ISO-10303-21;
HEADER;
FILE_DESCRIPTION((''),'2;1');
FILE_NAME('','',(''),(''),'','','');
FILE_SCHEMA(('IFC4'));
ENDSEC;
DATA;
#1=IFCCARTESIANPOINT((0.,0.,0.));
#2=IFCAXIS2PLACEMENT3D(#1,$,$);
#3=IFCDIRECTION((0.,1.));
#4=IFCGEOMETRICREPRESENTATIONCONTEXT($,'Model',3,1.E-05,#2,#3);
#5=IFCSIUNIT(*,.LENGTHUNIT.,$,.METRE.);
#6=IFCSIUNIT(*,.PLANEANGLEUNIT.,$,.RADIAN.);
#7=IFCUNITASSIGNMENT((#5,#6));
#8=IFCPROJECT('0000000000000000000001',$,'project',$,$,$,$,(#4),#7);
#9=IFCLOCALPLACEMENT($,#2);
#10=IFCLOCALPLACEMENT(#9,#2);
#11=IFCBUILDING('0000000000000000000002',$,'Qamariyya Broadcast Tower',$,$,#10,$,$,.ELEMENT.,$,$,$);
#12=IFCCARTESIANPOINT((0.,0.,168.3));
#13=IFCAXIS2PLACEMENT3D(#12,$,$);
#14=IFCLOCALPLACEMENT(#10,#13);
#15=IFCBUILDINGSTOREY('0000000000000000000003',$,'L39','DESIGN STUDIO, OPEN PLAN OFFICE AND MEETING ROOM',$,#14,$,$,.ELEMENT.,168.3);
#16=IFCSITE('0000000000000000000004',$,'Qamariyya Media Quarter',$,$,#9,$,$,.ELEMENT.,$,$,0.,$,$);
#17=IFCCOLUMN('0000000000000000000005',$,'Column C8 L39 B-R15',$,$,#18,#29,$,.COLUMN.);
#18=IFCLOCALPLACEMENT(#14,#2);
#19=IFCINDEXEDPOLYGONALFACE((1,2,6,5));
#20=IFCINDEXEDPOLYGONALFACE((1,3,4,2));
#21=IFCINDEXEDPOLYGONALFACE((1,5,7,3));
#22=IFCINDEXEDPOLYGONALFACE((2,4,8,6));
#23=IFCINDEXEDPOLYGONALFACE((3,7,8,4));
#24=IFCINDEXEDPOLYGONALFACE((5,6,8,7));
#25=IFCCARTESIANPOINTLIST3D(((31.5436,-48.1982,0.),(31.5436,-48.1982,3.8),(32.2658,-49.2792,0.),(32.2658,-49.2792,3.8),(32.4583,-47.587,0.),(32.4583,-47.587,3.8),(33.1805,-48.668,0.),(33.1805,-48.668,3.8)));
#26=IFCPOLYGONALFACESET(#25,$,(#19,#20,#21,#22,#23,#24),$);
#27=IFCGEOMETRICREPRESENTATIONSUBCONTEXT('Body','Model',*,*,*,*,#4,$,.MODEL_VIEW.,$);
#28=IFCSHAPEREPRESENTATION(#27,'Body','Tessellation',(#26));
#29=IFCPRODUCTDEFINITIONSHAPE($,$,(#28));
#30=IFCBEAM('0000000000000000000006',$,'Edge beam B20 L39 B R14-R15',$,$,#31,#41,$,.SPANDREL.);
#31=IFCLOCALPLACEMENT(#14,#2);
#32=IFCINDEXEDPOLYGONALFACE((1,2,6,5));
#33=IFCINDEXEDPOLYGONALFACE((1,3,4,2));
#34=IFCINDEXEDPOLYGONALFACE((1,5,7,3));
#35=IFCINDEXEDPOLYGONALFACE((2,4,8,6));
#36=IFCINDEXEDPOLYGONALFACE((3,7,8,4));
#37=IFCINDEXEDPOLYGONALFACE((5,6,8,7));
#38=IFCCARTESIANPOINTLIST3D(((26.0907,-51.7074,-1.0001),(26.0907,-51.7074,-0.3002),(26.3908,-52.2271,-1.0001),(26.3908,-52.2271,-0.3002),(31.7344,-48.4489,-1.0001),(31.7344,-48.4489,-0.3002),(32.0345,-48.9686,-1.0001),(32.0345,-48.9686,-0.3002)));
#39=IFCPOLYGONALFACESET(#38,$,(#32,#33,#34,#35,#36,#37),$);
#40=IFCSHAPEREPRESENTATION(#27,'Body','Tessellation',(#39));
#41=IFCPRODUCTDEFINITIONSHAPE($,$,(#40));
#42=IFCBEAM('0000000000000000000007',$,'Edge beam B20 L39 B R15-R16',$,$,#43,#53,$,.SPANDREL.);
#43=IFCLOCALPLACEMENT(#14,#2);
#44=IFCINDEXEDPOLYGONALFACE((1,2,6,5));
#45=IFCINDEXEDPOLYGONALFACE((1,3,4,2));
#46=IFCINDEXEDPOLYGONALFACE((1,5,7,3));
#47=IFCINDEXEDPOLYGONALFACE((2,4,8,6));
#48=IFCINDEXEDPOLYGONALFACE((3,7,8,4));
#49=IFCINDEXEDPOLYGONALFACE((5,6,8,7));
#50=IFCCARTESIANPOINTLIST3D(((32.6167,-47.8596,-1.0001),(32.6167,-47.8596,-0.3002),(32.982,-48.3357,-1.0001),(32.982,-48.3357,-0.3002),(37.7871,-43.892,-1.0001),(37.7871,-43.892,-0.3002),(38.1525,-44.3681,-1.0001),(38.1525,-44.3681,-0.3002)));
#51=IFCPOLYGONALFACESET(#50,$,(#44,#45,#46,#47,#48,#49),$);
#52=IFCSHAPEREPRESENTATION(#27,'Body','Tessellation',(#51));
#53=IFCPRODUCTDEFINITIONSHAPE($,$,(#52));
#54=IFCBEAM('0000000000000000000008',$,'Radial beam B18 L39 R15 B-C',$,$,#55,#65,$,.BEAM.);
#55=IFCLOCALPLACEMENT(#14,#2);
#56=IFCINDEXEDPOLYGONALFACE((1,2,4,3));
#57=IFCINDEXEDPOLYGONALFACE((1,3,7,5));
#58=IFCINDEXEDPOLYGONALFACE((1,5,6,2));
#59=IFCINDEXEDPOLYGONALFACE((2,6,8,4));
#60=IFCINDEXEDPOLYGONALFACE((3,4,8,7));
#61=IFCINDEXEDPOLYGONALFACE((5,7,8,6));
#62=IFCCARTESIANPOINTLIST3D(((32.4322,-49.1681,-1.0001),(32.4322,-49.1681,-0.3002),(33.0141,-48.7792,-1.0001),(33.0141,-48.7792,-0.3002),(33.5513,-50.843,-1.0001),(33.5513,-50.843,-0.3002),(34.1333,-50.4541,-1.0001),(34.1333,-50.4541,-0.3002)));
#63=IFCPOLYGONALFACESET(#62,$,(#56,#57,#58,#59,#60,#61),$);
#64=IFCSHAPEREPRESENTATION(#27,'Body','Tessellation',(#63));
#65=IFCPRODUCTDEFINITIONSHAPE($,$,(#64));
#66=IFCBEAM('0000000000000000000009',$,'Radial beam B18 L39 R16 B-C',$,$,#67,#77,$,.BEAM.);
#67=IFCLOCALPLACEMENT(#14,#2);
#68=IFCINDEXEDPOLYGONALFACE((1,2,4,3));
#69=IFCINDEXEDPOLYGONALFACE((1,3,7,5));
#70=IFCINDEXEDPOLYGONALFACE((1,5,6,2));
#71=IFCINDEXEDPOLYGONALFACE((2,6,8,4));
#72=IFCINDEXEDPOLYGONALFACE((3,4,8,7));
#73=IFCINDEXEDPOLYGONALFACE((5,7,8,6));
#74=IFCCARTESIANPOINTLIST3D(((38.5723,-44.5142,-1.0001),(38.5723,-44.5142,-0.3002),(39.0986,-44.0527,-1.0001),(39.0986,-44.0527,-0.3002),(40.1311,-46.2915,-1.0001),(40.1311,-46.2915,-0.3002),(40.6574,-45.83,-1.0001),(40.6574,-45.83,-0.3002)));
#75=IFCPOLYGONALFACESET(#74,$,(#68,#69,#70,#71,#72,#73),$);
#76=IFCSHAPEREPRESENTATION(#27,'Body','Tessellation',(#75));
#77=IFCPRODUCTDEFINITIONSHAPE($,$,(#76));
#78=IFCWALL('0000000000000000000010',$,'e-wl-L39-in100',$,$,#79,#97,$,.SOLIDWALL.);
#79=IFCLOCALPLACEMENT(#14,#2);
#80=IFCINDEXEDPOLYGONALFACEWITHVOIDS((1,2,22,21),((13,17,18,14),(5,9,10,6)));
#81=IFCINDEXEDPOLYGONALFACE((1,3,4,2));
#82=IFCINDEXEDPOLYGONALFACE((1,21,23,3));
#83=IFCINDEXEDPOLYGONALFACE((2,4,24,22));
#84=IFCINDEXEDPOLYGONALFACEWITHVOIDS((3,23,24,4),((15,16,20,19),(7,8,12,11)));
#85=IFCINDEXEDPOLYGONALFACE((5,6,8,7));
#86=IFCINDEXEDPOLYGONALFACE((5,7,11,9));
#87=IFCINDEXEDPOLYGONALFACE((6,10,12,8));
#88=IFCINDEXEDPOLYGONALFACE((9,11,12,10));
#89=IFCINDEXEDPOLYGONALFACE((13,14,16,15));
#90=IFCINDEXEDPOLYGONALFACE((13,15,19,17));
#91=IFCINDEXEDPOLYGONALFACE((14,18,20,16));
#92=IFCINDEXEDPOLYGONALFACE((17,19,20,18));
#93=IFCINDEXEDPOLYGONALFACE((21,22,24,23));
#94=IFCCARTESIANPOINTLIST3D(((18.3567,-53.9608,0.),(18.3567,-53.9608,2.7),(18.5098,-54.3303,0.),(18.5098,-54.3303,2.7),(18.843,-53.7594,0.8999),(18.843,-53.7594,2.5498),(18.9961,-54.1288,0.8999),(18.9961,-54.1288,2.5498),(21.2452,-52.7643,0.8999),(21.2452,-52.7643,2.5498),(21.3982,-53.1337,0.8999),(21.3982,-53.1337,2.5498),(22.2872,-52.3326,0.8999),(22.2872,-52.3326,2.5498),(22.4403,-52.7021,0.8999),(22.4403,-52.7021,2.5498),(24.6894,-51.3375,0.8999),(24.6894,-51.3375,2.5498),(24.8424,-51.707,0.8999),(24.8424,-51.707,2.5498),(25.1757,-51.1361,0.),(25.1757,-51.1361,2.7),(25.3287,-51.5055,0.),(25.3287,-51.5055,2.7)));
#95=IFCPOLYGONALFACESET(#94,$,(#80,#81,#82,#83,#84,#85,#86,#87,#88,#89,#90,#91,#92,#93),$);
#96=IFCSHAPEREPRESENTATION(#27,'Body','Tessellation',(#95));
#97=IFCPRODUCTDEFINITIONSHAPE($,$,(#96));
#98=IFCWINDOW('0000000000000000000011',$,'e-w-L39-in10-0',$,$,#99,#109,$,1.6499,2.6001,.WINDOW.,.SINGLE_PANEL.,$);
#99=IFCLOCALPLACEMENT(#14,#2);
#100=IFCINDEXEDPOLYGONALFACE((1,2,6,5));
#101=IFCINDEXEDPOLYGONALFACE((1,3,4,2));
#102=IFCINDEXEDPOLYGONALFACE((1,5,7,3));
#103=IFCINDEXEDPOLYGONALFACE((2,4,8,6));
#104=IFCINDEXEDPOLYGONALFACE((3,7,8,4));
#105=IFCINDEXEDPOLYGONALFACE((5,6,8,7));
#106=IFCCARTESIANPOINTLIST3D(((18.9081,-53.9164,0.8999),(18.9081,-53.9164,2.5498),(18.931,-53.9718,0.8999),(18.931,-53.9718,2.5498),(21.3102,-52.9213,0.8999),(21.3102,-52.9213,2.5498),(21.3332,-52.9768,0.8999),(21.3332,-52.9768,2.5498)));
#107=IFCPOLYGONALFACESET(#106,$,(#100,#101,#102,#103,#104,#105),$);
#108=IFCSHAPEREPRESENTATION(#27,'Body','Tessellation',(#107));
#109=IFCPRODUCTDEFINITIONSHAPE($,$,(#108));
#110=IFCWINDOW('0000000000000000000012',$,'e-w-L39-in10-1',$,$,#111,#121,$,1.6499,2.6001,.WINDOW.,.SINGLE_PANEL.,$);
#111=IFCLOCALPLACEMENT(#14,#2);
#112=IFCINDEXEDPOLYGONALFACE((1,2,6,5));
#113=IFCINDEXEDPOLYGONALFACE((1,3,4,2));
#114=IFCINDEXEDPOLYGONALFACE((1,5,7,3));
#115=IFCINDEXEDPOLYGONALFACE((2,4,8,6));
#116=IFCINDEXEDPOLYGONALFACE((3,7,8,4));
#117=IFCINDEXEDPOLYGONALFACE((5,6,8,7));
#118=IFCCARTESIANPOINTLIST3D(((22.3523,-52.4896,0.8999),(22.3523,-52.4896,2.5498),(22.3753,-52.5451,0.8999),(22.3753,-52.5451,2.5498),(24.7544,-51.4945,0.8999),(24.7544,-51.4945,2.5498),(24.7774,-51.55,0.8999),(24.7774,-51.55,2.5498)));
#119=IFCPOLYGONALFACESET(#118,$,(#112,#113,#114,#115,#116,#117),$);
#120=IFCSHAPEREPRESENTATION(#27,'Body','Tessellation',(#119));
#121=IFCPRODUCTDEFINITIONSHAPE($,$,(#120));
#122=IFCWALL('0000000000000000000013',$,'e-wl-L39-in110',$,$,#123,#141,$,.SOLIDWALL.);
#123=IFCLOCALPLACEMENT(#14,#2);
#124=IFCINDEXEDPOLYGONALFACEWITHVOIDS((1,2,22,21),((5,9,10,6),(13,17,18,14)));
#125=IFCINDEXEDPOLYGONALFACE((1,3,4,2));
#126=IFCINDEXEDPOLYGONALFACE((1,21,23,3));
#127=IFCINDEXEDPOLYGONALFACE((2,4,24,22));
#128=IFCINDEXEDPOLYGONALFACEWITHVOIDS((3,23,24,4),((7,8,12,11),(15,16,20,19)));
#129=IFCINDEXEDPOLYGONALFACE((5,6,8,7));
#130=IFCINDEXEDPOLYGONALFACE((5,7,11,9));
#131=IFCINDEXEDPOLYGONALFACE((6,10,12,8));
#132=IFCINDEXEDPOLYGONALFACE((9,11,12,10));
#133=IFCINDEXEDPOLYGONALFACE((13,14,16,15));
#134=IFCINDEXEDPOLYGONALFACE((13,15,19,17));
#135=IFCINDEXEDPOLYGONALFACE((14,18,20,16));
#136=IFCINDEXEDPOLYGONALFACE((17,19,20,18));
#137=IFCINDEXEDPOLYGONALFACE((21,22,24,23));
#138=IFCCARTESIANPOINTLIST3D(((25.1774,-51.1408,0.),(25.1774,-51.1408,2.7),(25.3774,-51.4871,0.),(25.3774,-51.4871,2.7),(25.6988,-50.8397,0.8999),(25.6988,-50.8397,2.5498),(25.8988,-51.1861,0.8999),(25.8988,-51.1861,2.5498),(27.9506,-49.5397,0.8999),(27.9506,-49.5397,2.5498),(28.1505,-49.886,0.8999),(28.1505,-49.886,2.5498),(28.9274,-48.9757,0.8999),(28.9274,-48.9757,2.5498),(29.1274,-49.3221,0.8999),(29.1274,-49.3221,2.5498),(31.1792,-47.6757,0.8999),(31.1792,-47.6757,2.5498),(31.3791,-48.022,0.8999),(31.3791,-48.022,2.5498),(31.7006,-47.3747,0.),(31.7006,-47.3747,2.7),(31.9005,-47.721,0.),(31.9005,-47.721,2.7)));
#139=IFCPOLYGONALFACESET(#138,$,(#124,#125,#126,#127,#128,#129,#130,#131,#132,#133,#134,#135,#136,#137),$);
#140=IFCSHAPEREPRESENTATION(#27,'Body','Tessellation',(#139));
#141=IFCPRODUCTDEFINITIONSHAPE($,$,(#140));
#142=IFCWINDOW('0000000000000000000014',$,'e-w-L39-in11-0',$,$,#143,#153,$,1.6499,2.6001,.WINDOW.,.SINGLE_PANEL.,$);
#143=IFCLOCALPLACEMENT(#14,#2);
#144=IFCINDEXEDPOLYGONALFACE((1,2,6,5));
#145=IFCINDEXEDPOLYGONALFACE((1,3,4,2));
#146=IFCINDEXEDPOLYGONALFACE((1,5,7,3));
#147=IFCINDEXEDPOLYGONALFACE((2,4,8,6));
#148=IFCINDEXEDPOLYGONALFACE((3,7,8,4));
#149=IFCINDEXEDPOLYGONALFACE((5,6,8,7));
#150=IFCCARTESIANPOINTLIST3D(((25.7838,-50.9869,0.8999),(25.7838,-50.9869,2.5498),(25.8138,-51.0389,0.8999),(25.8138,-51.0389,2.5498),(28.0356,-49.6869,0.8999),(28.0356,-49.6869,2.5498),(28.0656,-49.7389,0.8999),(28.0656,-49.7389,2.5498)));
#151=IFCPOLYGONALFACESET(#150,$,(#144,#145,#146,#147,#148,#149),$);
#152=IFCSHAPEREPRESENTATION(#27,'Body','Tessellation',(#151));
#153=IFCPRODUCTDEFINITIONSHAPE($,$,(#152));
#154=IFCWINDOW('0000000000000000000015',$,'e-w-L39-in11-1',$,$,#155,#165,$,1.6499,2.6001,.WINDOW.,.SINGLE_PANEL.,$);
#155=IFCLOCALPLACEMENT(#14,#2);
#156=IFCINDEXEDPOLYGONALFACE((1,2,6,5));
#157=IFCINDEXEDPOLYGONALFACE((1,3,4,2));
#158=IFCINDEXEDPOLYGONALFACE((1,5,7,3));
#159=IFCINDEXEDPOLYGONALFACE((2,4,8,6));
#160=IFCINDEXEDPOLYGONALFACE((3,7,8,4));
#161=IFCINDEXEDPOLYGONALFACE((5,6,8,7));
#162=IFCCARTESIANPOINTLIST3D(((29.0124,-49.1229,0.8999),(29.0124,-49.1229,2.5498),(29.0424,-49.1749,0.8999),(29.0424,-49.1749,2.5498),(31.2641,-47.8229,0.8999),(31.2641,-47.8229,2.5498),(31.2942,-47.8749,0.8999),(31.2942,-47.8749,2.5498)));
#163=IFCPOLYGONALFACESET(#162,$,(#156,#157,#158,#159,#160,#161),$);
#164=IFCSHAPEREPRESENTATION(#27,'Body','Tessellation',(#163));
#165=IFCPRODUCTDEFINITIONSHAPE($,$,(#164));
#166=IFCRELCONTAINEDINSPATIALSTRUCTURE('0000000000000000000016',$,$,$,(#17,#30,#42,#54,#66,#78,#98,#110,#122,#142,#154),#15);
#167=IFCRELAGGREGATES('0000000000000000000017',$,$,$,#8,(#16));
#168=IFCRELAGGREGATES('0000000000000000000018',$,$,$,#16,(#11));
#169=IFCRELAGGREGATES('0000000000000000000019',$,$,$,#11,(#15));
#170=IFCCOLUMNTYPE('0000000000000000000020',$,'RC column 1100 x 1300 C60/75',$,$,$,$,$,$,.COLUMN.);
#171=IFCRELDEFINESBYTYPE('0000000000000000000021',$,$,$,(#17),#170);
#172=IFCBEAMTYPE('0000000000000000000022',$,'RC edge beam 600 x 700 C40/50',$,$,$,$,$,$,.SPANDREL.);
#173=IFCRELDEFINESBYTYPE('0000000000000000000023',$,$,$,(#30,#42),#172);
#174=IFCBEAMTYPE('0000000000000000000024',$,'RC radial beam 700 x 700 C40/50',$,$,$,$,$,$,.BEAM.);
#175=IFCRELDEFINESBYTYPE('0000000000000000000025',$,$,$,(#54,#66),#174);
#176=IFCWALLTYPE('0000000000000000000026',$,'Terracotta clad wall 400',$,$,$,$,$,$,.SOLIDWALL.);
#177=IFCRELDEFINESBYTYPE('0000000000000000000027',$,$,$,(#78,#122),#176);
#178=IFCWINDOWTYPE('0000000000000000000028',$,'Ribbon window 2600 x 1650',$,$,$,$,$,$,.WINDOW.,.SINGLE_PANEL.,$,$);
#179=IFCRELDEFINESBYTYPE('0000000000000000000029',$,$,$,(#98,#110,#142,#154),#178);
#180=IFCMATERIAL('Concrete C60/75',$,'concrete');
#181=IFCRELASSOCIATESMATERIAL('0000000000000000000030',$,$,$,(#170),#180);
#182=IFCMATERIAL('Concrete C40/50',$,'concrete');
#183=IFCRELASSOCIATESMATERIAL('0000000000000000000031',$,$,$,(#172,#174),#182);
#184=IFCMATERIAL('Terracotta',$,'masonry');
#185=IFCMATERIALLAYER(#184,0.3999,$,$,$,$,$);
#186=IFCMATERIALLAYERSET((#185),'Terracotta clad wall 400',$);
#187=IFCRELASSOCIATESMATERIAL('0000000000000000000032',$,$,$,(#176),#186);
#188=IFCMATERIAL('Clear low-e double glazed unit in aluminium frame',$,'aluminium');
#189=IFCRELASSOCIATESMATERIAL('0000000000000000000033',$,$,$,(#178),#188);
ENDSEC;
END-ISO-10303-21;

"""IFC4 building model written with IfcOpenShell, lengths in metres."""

from ifc_helpers import new_model, si_unit, direction, frame, frame_2d, origin, origin_2d, place, context, subcontext, project, spatial, rectangle, extrude, material, layer, layer_set, material_profile, profile_set, type_object, element, fill, save


model = new_model("IFC4")

# Units and contexts
model_context = context("Model", 3, precision=1e-05, world=origin(), true_north=direction((0.0, 1.0)))
body_context = subcontext(model_context, "Body", "Model", "MODEL_VIEW")
ifc_project = project(units=[si_unit("LENGTHUNIT", "METRE"), si_unit("PLANEANGLEUNIT", "RADIAN")], contexts=[model_context])

# Site, building, storey
site_placement = place(None, origin())
site = spatial("IfcSite", under=ifc_project, at=site_placement, Name="Qamariyya Media Quarter", CompositionType="ELEMENT", RefElevation=0.0)
building_placement = place(site_placement, origin())
building = spatial("IfcBuilding", under=site, at=building_placement, Name="Qamariyya Broadcast Tower", CompositionType="ELEMENT")
storey_placement = place(building_placement, frame((0.0, 0.0, 168.3)))
storey = spatial("IfcBuildingStorey", under=building, at=storey_placement, Name="L39", Description="DESIGN STUDIO, OPEN PLAN OFFICE AND MEETING ROOM", CompositionType="ELEMENT", Elevation=168.3)

# Column
ifc_material_1 = material(Name="Concrete C60/75", Category="concrete")
ifc_material_profile_1 = material_profile(ifc_material_1, rectangle(XDim=1.1001, YDim=1.3, at=origin_2d()))
ifc_profile_set_1 = profile_set([ifc_material_profile_1], Name="Concrete C60/75")
column_type = type_object("IfcColumnType", Name="RC column 1100 x 1300 C60/75", PredefinedType="COLUMN", material=ifc_profile_set_1)
column_placement = place(storey_placement, frame((32.3621, -48.4331, 0.0), z_axis=(0.0, 0.0, 1.0), x_axis=(0.83147, 0.55557, 0.0)))
element("IfcColumn", 1, at=column_placement, inside=storey, type_object=column_type, Name="Column C8 L39 B-R15", PredefinedType="COLUMN", context=body_context, shape_type="SweptSolid", body=[
    extrude(rectangle(XDim=1.1001, YDim=1.3, at=origin_2d()), origin(), (0.0, 0.0, 1.0), 3.8),
])

# Beams
ifc_material_2 = material(Name="Concrete C40/50", Category="concrete")
ifc_material_profile_2 = material_profile(ifc_material_2, rectangle(XDim=0.6001, YDim=0.7, at=origin_2d()))
ifc_profile_set_2 = profile_set([ifc_material_profile_2], Name="Concrete C40/50")
beam_type_1 = type_object("IfcBeamType", Name="RC edge beam 600 x 700 C40/50", PredefinedType="SPANDREL", material=ifc_profile_set_2)
beam_1_placement = place(storey_placement, frame((26.2407, -51.9673, -0.6501), z_axis=(0.866019, 0.500011, 0.0), x_axis=(-0.500011, 0.866019, 0.0)))
element("IfcBeam", 2, at=beam_1_placement, inside=storey, type_object=beam_type_1, Name="Edge beam B20 L39 B R14-R15", PredefinedType="SPANDREL", context=body_context, shape_type="SweptSolid", body=[
    extrude(rectangle(XDim=0.6001, YDim=0.7, at=origin_2d()), origin(), (0.0, 0.0, 1.0), 6.5168),
])
beam_2_placement = place(storey_placement, frame((32.7993, -48.0977, -0.6501), z_axis=(0.793343, 0.608774, 0.0), x_axis=(-0.608774, 0.793343, 0.0)))
element("IfcBeam", 3, at=beam_2_placement, inside=storey, type_object=beam_type_1, Name="Edge beam B20 L39 B R15-R16", PredefinedType="SPANDREL", context=body_context, shape_type="SweptSolid", body=[
    extrude(rectangle(XDim=0.6001, YDim=0.7, at=origin_2d()), origin(), (0.0, 0.0, 1.0), 6.5173),
])
ifc_material_profile_3 = material_profile(ifc_material_2, rectangle(XDim=0.7, YDim=0.7, at=origin_2d()))
ifc_profile_set_3 = profile_set([ifc_material_profile_3], Name="Concrete C40/50")
beam_type_2 = type_object("IfcBeamType", Name="RC radial beam 700 x 700 C40/50", PredefinedType="BEAM", material=ifc_profile_set_3)
beam_3_placement = place(storey_placement, frame((32.7231, -48.9736, -0.6501), z_axis=(0.555595, -0.831453, 0.0), x_axis=(0.831453, 0.555595, 0.0)))
element("IfcBeam", 4, at=beam_3_placement, inside=storey, type_object=beam_type_2, Name="Radial beam B18 L39 R15 B-C", PredefinedType="BEAM", context=body_context, shape_type="SweptSolid", body=[
    extrude(rectangle(XDim=0.7, YDim=0.7, at=origin_2d()), origin(), (0.0, 0.0, 1.0), 2.0144),
])
beam_4_placement = place(storey_placement, frame((38.8354, -44.2834, -0.6501), z_axis=(0.659382, -0.751809, 0.0), x_axis=(0.751809, 0.659382, 0.0)))
element("IfcBeam", 5, at=beam_4_placement, inside=storey, type_object=beam_type_2, Name="Radial beam B18 L39 R16 B-C", PredefinedType="BEAM", context=body_context, shape_type="SweptSolid", body=[
    extrude(rectangle(XDim=0.7, YDim=0.7, at=origin_2d()), origin(), (0.0, 0.0, 1.0), 2.364),
])

# Walls, openings, windows
ifc_material_3 = material(Name="Terracotta", Category="masonry")
ifc_layer = layer(ifc_material_3, 0.3999)
ifc_layer_set = layer_set([ifc_layer], Name="Terracotta clad wall 400")
wall_type = type_object("IfcWallType", Name="Terracotta clad wall 400", PredefinedType="SOLIDWALL", material=ifc_layer_set)
wall_1_placement = place(storey_placement, frame((25.2522, -51.3208, 0.0), z_axis=(0.0, 0.0, 1.0), x_axis=(-0.923868, -0.382712, 0.0)))
wall_1 = element("IfcWall", 6, at=wall_1_placement, inside=storey, type_object=wall_type, Name="e-wl-L39-in100", PredefinedType="SOLIDWALL", context=body_context, shape_type="SweptSolid", body=[
    extrude(rectangle(XDim=7.3809, YDim=0.3999, at=frame_2d((3.6904, 0.0))), origin(), (0.0, 0.0, 1.0), 2.7),
])
opening_1_placement = place(wall_1_placement, frame((4.2544, 0.0, 0.8999)))
opening_1 = element("IfcOpeningElement", 7, at=opening_1_placement, cuts=wall_1, PredefinedType="OPENING", context=body_context, shape_type="SweptSolid", body=[
    extrude(rectangle(XDim=2.6001, YDim=1.6499, at=frame_2d((1.3, 0.825))), frame((0.0, 0.21, 0.0), z_axis=(0.0, -1.0, 0.0), x_axis=(1.0, 0.0, 0.0)), (0.0, 0.0, 1.0), 0.4199),
])
opening_2_placement = place(wall_1_placement, frame((0.5264, 0.0, 0.8999)))
opening_2 = element("IfcOpeningElement", 8, at=opening_2_placement, cuts=wall_1, PredefinedType="OPENING", context=body_context, shape_type="SweptSolid", body=[
    extrude(rectangle(XDim=2.6001, YDim=1.6499, at=frame_2d((1.3, 0.825))), frame((0.0, 0.21, 0.0), z_axis=(0.0, -1.0, 0.0), x_axis=(1.0, 0.0, 0.0)), (0.0, 0.0, 1.0), 0.4199),
])
ifc_material_4 = material(Name="Clear low-e double glazed unit in aluminium frame", Category="aluminium")
window_type = type_object("IfcWindowType", Name="Ribbon window 2600 x 1650", PartitioningType="SINGLE_PANEL", PredefinedType="WINDOW", material=ifc_material_4)
window_1_placement = place(opening_1_placement, origin())
window_1 = element("IfcWindow", 9, at=window_1_placement, inside=storey, type_object=window_type, Name="e-w-L39-in10-0", OverallHeight=1.6499, OverallWidth=2.6001, PartitioningType="SINGLE_PANEL", PredefinedType="WINDOW", context=body_context, shape_type="SweptSolid", body=[
    extrude(rectangle(XDim=2.6001, YDim=1.6499, at=frame_2d((1.3, 0.825))), frame((0.0, 0.03, 0.0), z_axis=(0.0, -1.0, 0.0), x_axis=(1.0, 0.0, 0.0)), (0.0, 0.0, 1.0), 0.0601),
])
fill(opening_1, window_1)
window_2_placement = place(opening_2_placement, origin())
window_2 = element("IfcWindow", 10, at=window_2_placement, inside=storey, type_object=window_type, Name="e-w-L39-in10-1", OverallHeight=1.6499, OverallWidth=2.6001, PartitioningType="SINGLE_PANEL", PredefinedType="WINDOW", context=body_context, shape_type="SweptSolid", body=[
    extrude(rectangle(XDim=2.6001, YDim=1.6499, at=frame_2d((1.3, 0.825))), frame((0.0, 0.03, 0.0), z_axis=(0.0, -1.0, 0.0), x_axis=(1.0, 0.0, 0.0)), (0.0, 0.0, 1.0), 0.0601),
])
fill(opening_2, window_2)
wall_2_placement = place(storey_placement, frame((31.8005, -47.5479, 0.0), z_axis=(0.0, 0.0, 1.0), x_axis=(-0.866029, -0.499995, 0.0)))
wall_2 = element("IfcWall", 11, at=wall_2_placement, inside=storey, type_object=wall_type, Name="e-wl-L39-in110", PredefinedType="SOLIDWALL", context=body_context, shape_type="SweptSolid", body=[
    extrude(rectangle(XDim=7.5322, YDim=0.3999, at=frame_2d((3.7661, 0.0))), origin(), (0.0, 0.0, 1.0), 2.7),
])
opening_3_placement = place(wall_2_placement, frame((4.3301, 0.0, 0.8999)))
opening_3 = element("IfcOpeningElement", 12, at=opening_3_placement, cuts=wall_2, PredefinedType="OPENING", context=body_context, shape_type="SweptSolid", body=[
    extrude(rectangle(XDim=2.6001, YDim=1.6499, at=frame_2d((1.3, 0.825))), frame((0.0, 0.21, 0.0), z_axis=(0.0, -1.0, 0.0), x_axis=(1.0, 0.0, 0.0)), (0.0, 0.0, 1.0), 0.4199),
])
opening_4_placement = place(wall_2_placement, frame((0.6021, 0.0, 0.8999)))
opening_4 = element("IfcOpeningElement", 13, at=opening_4_placement, cuts=wall_2, PredefinedType="OPENING", context=body_context, shape_type="SweptSolid", body=[
    extrude(rectangle(XDim=2.6001, YDim=1.6499, at=frame_2d((1.3, 0.825))), frame((0.0, 0.21, 0.0), z_axis=(0.0, -1.0, 0.0), x_axis=(1.0, 0.0, 0.0)), (0.0, 0.0, 1.0), 0.4199),
])
window_3_placement = place(opening_3_placement, origin())
window_3 = element("IfcWindow", 14, at=window_3_placement, inside=storey, type_object=window_type, Name="e-w-L39-in11-0", OverallHeight=1.6499, OverallWidth=2.6001, PartitioningType="SINGLE_PANEL", PredefinedType="WINDOW", context=body_context, shape_type="SweptSolid", body=[
    extrude(rectangle(XDim=2.6001, YDim=1.6499, at=frame_2d((1.3, 0.825))), frame((0.0, 0.03, 0.0), z_axis=(0.0, -1.0, 0.0), x_axis=(1.0, 0.0, 0.0)), (0.0, 0.0, 1.0), 0.0601),
])
fill(opening_3, window_3)
window_4_placement = place(opening_4_placement, origin())
window_4 = element("IfcWindow", 15, at=window_4_placement, inside=storey, type_object=window_type, Name="e-w-L39-in11-1", OverallHeight=1.6499, OverallWidth=2.6001, PartitioningType="SINGLE_PANEL", PredefinedType="WINDOW", context=body_context, shape_type="SweptSolid", body=[
    extrude(rectangle(XDim=2.6001, YDim=1.6499, at=frame_2d((1.3, 0.825))), frame((0.0, 0.03, 0.0), z_axis=(0.0, -1.0, 0.0), x_axis=(1.0, 0.0, 0.0)), (0.0, 0.0, 1.0), 0.0601),
])
fill(opening_4, window_4)

save(model, "model.ifc")
